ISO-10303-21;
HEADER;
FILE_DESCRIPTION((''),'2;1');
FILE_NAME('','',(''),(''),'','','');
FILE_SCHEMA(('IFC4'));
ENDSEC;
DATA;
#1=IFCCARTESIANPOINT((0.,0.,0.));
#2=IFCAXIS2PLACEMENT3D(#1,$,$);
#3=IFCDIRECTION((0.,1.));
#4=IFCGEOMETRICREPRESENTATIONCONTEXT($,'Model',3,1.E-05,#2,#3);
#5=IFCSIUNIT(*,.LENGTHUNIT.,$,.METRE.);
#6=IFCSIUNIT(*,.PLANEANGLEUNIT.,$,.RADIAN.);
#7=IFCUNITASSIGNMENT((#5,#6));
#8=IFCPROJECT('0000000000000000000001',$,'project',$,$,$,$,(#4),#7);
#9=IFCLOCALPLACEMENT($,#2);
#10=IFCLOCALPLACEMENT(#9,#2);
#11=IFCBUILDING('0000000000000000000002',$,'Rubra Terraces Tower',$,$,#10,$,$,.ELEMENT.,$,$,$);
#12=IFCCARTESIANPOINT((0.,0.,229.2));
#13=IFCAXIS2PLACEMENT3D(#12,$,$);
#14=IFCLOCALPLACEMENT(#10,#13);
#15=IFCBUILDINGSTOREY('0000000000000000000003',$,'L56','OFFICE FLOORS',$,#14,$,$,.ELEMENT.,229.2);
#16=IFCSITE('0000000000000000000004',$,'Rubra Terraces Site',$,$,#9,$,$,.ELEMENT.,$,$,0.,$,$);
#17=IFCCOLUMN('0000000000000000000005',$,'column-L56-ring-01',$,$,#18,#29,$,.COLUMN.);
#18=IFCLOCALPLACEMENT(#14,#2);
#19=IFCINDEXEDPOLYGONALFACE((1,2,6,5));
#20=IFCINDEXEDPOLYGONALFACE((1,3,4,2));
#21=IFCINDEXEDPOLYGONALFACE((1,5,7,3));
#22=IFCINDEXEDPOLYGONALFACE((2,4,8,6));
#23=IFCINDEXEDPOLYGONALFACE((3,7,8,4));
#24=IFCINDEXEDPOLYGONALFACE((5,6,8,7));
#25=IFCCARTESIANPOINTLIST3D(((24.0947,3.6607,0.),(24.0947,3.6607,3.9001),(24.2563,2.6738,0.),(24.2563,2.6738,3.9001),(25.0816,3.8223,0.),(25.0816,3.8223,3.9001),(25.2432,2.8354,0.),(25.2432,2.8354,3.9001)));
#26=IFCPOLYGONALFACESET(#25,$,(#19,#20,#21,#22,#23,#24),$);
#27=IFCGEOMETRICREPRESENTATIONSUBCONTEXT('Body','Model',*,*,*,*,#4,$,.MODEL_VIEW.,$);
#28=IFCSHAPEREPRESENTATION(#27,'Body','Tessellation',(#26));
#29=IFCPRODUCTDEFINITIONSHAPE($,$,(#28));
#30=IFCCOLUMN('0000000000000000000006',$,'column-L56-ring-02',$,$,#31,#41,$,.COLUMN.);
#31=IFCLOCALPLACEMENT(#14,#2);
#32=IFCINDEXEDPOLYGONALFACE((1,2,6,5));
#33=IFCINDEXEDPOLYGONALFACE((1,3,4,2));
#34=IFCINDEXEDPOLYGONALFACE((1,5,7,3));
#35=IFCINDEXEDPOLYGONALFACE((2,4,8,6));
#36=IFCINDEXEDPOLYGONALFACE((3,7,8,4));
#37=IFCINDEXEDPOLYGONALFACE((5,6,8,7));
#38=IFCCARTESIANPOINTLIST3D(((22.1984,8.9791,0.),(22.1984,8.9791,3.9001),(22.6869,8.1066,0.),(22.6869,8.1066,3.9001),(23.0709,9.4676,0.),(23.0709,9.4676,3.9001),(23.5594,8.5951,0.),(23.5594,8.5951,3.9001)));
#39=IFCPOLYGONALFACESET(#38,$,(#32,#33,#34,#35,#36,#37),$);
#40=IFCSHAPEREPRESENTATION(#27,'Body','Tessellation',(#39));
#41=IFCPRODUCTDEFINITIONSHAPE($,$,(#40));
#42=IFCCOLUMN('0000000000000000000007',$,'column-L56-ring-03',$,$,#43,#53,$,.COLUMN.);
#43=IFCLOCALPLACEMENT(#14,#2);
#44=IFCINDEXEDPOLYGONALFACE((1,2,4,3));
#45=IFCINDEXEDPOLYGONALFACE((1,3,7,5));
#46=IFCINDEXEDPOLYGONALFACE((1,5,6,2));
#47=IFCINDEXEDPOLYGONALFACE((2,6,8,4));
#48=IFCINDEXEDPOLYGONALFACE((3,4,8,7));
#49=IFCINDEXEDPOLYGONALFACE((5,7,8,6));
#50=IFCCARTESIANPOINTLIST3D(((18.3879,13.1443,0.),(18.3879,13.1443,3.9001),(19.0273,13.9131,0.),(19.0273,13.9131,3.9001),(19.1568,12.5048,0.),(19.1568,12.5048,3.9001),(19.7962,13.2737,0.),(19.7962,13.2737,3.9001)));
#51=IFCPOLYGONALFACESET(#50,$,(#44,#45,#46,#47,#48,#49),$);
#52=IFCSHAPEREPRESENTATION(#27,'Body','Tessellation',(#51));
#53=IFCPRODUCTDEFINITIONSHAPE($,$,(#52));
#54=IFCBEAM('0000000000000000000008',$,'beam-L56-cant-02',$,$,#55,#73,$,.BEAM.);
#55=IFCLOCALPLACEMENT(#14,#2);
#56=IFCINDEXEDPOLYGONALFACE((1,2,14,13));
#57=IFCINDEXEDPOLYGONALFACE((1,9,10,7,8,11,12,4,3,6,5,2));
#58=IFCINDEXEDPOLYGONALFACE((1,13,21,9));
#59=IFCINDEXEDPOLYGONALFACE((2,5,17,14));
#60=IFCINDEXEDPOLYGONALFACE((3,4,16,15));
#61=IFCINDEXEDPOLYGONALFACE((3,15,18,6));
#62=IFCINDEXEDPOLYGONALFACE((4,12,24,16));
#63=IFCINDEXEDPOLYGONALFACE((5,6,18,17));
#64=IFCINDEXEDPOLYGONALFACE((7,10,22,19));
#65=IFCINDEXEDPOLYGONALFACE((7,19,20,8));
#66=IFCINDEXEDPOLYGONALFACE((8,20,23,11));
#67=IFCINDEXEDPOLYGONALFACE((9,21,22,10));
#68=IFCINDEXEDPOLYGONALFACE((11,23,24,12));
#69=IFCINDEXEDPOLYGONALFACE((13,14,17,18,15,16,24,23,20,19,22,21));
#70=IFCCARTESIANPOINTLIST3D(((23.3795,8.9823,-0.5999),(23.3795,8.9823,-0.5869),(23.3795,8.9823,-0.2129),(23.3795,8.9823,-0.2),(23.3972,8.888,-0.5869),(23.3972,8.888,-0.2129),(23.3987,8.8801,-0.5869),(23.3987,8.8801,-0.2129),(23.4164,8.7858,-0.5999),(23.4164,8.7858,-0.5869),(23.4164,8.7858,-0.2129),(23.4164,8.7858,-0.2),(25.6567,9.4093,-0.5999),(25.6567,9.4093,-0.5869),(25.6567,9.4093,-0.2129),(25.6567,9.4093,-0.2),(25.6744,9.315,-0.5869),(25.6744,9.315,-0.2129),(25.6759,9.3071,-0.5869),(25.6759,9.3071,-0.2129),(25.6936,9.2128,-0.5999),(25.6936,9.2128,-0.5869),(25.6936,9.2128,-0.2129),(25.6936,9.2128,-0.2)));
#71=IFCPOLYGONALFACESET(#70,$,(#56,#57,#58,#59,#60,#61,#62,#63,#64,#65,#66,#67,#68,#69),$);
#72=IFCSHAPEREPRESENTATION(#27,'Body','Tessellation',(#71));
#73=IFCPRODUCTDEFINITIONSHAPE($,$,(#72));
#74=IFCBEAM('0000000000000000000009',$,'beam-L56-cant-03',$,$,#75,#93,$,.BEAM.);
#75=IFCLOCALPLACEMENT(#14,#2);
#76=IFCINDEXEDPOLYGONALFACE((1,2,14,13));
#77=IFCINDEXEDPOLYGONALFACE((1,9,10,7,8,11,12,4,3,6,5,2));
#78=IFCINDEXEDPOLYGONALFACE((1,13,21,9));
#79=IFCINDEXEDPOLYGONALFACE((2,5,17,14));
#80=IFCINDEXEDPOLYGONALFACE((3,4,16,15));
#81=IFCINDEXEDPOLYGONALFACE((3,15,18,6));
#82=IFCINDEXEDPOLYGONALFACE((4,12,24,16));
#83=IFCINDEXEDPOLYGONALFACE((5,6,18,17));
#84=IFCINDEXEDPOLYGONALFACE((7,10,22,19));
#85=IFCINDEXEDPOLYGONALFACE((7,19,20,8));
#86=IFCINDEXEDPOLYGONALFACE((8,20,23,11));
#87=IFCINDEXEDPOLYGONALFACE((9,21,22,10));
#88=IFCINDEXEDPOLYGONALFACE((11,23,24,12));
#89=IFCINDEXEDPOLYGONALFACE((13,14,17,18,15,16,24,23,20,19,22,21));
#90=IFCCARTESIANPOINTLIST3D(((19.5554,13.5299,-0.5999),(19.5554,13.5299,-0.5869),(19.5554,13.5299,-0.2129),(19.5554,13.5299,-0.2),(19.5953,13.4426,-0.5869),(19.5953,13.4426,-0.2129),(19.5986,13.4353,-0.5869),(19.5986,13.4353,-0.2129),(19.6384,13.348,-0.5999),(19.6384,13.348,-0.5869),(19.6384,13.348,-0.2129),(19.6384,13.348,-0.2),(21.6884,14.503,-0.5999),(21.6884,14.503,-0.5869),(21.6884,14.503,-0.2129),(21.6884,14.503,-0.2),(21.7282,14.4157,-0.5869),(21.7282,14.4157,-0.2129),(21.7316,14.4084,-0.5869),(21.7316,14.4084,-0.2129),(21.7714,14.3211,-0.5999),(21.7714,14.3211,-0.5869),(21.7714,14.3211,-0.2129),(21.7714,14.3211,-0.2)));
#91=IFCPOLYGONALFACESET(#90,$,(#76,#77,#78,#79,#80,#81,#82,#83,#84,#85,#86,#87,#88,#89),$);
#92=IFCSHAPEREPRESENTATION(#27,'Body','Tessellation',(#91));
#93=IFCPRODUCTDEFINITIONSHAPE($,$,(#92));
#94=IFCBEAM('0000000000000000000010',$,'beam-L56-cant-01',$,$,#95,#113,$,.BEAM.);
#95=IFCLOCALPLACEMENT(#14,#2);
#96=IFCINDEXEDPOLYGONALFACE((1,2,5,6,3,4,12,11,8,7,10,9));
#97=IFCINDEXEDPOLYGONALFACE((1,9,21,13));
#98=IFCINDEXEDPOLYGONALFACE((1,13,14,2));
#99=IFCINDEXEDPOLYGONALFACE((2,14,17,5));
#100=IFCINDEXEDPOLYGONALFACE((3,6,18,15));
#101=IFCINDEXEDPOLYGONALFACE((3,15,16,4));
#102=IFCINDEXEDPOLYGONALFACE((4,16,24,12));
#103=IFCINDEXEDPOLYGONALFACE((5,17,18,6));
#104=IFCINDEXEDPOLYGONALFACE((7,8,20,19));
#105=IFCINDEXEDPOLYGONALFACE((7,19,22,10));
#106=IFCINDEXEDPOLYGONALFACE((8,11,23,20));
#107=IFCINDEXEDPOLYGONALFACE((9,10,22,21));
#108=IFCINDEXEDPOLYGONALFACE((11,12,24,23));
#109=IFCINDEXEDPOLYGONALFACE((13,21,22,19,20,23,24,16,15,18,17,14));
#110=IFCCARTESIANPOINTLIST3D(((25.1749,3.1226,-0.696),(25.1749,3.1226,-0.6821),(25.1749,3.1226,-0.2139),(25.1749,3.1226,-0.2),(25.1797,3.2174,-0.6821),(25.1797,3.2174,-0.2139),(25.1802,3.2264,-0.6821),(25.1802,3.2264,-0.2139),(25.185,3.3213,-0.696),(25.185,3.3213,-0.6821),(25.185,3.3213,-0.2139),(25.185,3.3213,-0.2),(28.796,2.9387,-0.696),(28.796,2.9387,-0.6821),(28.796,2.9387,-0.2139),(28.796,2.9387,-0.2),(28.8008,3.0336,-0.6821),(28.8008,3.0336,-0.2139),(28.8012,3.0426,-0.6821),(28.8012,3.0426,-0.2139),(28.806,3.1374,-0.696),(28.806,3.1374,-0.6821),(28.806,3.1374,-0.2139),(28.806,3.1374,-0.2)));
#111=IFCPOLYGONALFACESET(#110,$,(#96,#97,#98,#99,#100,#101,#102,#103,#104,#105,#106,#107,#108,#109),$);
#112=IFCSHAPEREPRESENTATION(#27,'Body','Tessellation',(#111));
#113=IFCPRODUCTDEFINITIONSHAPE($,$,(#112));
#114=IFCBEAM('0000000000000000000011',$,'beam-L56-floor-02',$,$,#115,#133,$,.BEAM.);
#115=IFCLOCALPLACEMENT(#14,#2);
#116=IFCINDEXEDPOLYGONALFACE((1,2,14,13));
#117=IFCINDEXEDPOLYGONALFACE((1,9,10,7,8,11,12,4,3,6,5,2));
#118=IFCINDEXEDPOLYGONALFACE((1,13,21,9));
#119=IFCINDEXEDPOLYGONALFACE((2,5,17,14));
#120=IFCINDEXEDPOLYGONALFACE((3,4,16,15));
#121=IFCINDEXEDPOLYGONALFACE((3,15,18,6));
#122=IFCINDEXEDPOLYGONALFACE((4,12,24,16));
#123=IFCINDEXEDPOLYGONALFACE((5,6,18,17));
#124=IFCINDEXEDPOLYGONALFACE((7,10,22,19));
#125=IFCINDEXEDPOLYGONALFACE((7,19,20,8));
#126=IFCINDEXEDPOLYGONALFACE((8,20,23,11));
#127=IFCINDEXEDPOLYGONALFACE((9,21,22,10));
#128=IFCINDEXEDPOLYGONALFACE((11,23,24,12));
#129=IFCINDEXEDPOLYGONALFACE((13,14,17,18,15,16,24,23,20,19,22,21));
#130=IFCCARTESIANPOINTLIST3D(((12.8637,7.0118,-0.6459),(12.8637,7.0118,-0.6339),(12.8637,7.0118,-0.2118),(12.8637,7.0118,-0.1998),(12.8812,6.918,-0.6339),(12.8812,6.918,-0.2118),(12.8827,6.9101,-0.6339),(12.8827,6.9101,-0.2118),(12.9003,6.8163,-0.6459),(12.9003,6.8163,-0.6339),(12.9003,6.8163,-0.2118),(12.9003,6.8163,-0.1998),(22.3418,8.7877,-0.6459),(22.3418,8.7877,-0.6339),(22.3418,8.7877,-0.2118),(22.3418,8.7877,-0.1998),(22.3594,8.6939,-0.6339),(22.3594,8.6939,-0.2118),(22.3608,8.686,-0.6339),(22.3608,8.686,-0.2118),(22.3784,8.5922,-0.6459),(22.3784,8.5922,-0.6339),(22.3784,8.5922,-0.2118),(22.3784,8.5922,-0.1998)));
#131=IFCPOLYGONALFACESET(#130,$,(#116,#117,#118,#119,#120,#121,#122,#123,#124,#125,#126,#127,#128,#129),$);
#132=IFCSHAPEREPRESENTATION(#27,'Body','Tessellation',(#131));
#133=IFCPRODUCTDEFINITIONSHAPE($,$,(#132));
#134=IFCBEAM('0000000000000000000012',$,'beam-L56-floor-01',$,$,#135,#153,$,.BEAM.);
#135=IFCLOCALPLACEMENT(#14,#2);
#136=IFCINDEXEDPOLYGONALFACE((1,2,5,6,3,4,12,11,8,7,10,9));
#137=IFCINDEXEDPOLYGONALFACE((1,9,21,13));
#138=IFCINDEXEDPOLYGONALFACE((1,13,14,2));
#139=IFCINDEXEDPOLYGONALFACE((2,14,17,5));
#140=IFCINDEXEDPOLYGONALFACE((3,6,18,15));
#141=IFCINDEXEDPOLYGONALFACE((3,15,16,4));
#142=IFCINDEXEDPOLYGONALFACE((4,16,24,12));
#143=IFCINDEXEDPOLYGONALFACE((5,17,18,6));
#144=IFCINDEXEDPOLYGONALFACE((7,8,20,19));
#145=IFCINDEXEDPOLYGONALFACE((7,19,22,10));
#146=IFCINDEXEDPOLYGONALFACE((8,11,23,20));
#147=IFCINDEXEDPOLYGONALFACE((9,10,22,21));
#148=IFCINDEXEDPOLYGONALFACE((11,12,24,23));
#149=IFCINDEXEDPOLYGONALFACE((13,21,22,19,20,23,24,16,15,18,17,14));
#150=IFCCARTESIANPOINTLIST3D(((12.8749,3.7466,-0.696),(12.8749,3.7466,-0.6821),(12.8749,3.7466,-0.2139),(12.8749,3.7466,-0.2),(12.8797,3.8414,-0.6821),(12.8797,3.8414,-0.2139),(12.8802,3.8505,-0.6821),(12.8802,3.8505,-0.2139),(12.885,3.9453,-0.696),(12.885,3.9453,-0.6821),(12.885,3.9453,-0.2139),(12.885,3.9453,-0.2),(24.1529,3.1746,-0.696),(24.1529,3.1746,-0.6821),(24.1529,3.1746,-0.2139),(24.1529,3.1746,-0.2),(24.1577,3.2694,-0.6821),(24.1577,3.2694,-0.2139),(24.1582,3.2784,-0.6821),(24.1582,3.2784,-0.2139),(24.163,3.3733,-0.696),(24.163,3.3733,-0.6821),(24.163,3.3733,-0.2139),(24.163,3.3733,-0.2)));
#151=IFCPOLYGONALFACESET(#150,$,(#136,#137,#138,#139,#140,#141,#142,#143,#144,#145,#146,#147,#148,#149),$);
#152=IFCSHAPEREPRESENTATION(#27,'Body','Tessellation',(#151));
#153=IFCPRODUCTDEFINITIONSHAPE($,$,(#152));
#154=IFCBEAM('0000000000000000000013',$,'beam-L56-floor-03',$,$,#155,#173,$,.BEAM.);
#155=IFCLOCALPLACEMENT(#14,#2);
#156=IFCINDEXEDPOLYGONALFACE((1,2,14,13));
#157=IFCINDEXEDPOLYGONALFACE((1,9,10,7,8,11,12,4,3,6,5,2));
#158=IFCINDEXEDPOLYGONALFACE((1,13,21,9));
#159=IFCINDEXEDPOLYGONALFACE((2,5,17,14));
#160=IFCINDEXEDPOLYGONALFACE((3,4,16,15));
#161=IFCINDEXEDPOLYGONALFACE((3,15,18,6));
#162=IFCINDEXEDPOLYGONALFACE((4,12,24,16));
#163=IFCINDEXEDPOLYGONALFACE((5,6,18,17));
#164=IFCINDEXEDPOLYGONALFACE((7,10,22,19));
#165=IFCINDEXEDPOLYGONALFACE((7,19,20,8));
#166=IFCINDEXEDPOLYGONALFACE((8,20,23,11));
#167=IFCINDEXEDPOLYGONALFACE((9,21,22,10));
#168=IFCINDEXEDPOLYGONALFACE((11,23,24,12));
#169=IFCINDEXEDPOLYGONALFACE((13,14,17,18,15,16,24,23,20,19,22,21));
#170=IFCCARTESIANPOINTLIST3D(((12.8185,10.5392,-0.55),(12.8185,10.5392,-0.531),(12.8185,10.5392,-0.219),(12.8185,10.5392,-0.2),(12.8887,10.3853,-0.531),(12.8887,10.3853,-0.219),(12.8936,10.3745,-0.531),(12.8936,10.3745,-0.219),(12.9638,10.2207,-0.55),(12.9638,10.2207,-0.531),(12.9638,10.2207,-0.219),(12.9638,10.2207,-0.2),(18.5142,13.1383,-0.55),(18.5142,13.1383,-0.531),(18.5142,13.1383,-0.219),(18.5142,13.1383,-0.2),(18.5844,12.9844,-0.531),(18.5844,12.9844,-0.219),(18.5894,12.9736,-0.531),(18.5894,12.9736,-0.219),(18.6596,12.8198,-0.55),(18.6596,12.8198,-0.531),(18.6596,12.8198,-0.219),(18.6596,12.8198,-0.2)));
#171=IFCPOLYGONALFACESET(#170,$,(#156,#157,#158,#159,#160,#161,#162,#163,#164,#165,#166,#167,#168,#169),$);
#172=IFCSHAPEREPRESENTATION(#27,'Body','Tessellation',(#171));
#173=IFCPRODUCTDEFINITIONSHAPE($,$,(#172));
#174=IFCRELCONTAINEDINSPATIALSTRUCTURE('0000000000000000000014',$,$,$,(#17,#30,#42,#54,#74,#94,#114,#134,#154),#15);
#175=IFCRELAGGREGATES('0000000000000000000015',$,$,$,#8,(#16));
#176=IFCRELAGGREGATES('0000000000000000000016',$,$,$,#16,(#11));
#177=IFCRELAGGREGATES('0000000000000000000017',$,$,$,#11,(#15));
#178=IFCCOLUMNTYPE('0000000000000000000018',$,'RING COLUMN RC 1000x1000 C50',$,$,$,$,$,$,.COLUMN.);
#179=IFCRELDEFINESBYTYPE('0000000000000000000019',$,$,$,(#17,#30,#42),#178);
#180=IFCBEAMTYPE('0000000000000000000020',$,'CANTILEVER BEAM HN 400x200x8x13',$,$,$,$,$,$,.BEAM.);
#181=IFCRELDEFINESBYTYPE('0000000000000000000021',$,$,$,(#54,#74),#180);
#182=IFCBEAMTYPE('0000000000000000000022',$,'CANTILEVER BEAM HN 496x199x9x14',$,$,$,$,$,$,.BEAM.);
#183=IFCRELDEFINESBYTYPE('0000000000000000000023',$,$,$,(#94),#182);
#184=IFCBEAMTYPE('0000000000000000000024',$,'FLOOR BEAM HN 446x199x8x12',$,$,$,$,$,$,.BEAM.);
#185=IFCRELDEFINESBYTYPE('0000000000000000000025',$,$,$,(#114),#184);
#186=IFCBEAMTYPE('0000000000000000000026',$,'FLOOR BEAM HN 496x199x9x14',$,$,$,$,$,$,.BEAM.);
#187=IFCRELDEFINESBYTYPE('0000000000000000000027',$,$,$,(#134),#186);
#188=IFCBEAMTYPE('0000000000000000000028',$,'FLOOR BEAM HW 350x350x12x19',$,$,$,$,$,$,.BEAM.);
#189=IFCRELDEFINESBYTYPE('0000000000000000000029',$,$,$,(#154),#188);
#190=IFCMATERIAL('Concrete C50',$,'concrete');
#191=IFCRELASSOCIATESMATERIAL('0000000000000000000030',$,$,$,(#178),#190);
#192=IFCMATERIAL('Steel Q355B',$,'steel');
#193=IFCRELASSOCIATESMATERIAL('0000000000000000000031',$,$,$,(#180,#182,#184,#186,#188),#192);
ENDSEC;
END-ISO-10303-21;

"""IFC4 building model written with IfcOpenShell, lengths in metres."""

from ifc_helpers import new_model, si_unit, direction, frame, origin, origin_2d, place, context, subcontext, project, spatial, rectangle, i_section, extrude, material, material_profile, profile_set, type_object, element, save


model = new_model("IFC4")

# Units and contexts
model_context = context("Model", 3, precision=1e-05, world=origin(), true_north=direction((0.0, 1.0)))
body_context = subcontext(model_context, "Body", "Model", "MODEL_VIEW")
ifc_project = project(units=[si_unit("LENGTHUNIT", "METRE"), si_unit("PLANEANGLEUNIT", "RADIAN")], contexts=[model_context])

# Site, building, storey
site_placement = place(None, origin())
site = spatial("IfcSite", under=ifc_project, at=site_placement, Name="Rubra Terraces Site", CompositionType="ELEMENT", RefElevation=0.0)
building_placement = place(site_placement, origin())
building = spatial("IfcBuilding", under=site, at=building_placement, Name="Rubra Terraces Tower", CompositionType="ELEMENT")
storey_placement = place(building_placement, frame((0.0, 0.0, 229.2)))
storey = spatial("IfcBuildingStorey", under=building, at=storey_placement, Name="L56", Description="OFFICE FLOORS", CompositionType="ELEMENT", Elevation=229.2)

# Columns
ifc_material_1 = material(Name="Concrete C50", Category="concrete")
ifc_material_profile_1 = material_profile(ifc_material_1, rectangle(XDim=1.0, YDim=1.0, at=origin_2d()), Name="RC 1000x1000")
ifc_profile_set_1 = profile_set([ifc_material_profile_1], Name="Concrete C50")
column_type = type_object("IfcColumnType", Name="RING COLUMN RC 1000x1000 C50", PredefinedType="COLUMN", material=ifc_profile_set_1)
for number, where, z_axis, x_axis, name in (
    (1, (24.6689, 3.248, 0.0), (0.0, 0.0, 1.0), (-0.161559, 0.986863, 0.0), "column-L56-ring-01"),
    (2, (22.8789, 8.7871, 0.0), (0.0, 0.0, 1.0), (-0.488526, 0.872549, 0.0), "column-L56-ring-02"),
    (3, (19.092, 13.209, 0.0), (0.0, 0.0, 1.0), (-0.76887, 0.639405, 0.0), "column-L56-ring-03"),
):
    element("IfcColumn", number, at=place(storey_placement, frame(where, z_axis=z_axis, x_axis=x_axis)), inside=storey, type_object=column_type, Name=name, PredefinedType="COLUMN", context=body_context, shape_type="SweptSolid", body=[
        extrude(rectangle(XDim=1.0, YDim=1.0, at=origin_2d()), origin(), (0.0, 0.0, 1.0), 3.9001),
    ])

# Beams
ifc_material_2 = material(Name="Steel Q355B", Category="steel")
ifc_material_profile_2 = material_profile(ifc_material_2, i_section(OverallWidth=0.2, OverallDepth=0.3999, WebThickness=0.0081, FlangeThickness=0.0129, at=origin_2d()), Name="HN 400x200x8x13")
ifc_profile_set_2 = profile_set([ifc_material_profile_2], Name="Steel Q355B")
beam_type_1 = type_object("IfcBeamType", Name="CANTILEVER BEAM HN 400x200x8x13", PredefinedType="BEAM", material=ifc_profile_set_2)
beam_1_placement = place(storey_placement, frame((23.3979, 8.884, -0.3999), z_axis=(0.982869, 0.184308, 0.0), x_axis=(-0.184308, 0.982869, 0.0)))
element("IfcBeam", 4, at=beam_1_placement, inside=storey, type_object=beam_type_1, Name="beam-L56-cant-02", PredefinedType="BEAM", context=body_context, shape_type="SweptSolid", body=[
    extrude(i_section(OverallWidth=0.2, OverallDepth=0.3999, WebThickness=0.0081, FlangeThickness=0.0129, at=origin_2d()), origin(), (0.0, 0.0, 1.0), 2.3169),
])
beam_2_placement = place(storey_placement, frame((19.5969, 13.439, -0.3999), z_axis=(0.909791, 0.415066, 0.0), x_axis=(-0.415066, 0.909791, 0.0)))
element("IfcBeam", 5, at=beam_2_placement, inside=storey, type_object=beam_type_1, Name="beam-L56-cant-03", PredefinedType="BEAM", context=body_context, shape_type="SweptSolid", body=[
    extrude(i_section(OverallWidth=0.2, OverallDepth=0.3999, WebThickness=0.0081, FlangeThickness=0.0129, at=origin_2d()), origin(), (0.0, 0.0, 1.0), 2.3445),
])
ifc_material_profile_3 = material_profile(ifc_material_2, i_section(OverallWidth=0.199, OverallDepth=0.4961, WebThickness=0.009, FlangeThickness=0.0139, at=origin_2d()), Name="HN 496x199x9x14")
ifc_profile_set_3 = profile_set([ifc_material_profile_3], Name="Steel Q355B")
beam_type_2 = type_object("IfcBeamType", Name="CANTILEVER BEAM HN 496x199x9x14", PredefinedType="BEAM", material=ifc_profile_set_3)
beam_3_placement = place(storey_placement, frame((25.1799, 3.2219, -0.448), z_axis=(0.998714, -0.050703, 0.0), x_axis=(0.050703, 0.998714, 0.0)))
element("IfcBeam", 6, at=beam_3_placement, inside=storey, type_object=beam_type_2, Name="beam-L56-cant-01", PredefinedType="BEAM", context=body_context, shape_type="SweptSolid", body=[
    extrude(i_section(OverallWidth=0.199, OverallDepth=0.4961, WebThickness=0.009, FlangeThickness=0.0139, at=origin_2d()), origin(), (0.0, 0.0, 1.0), 3.6257),
])
ifc_material_profile_4 = material_profile(ifc_material_2, i_section(OverallWidth=0.199, OverallDepth=0.446, WebThickness=0.0081, FlangeThickness=0.012, at=origin_2d()), Name="HN 446x199x8x12")
ifc_profile_set_4 = profile_set([ifc_material_profile_4], Name="Steel Q355B")
beam_type_3 = type_object("IfcBeamType", Name="FLOOR BEAM HN 446x199x8x12", PredefinedType="BEAM", material=ifc_profile_set_4)
beam_4_placement = place(storey_placement, frame((22.3601, 8.6899, -0.4229), z_axis=(-0.982896, -0.184163, 0.0), x_axis=(0.184163, -0.982896, 0.0)))
element("IfcBeam", 7, at=beam_4_placement, inside=storey, type_object=beam_type_3, Name="beam-L56-floor-02", PredefinedType="BEAM", context=body_context, shape_type="SweptSolid", body=[
    extrude(i_section(OverallWidth=0.199, OverallDepth=0.446, WebThickness=0.0081, FlangeThickness=0.012, at=origin_2d()), origin(), (0.0, 0.0, 1.0), 9.6431),
])
ifc_material_profile_5 = material_profile(ifc_material_2, i_section(OverallWidth=0.199, OverallDepth=0.4961, WebThickness=0.009, FlangeThickness=0.0139, at=origin_2d()), Name="HN 496x199x9x14")
ifc_profile_set_5 = profile_set([ifc_material_profile_5], Name="Steel Q355B")
beam_type_4 = type_object("IfcBeamType", Name="FLOOR BEAM HN 496x199x9x14", PredefinedType="BEAM", material=ifc_profile_set_5)
beam_5_placement = place(storey_placement, frame((24.158, 3.2739, -0.448), z_axis=(-0.998716, 0.050655, 0.0), x_axis=(-0.050655, -0.998716, 0.0)))
element("IfcBeam", 8, at=beam_5_placement, inside=storey, type_object=beam_type_4, Name="beam-L56-floor-01", PredefinedType="BEAM", context=body_context, shape_type="SweptSolid", body=[
    extrude(i_section(OverallWidth=0.199, OverallDepth=0.4961, WebThickness=0.009, FlangeThickness=0.0139, at=origin_2d()), origin(), (0.0, 0.0, 1.0), 11.2925),
])
ifc_material_profile_6 = material_profile(ifc_material_2, i_section(OverallWidth=0.3501, OverallDepth=0.3501, WebThickness=0.012, FlangeThickness=0.019, at=origin_2d()), Name="HW 350x350x12x19")
ifc_profile_set_6 = profile_set([ifc_material_profile_6], Name="Steel Q355B")
beam_type_5 = type_object("IfcBeamType", Name="FLOOR BEAM HW 350x350x12x19", PredefinedType="BEAM", material=ifc_profile_set_6)
beam_6_placement = place(storey_placement, frame((18.5869, 12.979, -0.375), z_axis=(-0.909757, -0.415142, 0.0), x_axis=(0.415142, -0.909757, 0.0)))
element("IfcBeam", 9, at=beam_6_placement, inside=storey, type_object=beam_type_5, Name="beam-L56-floor-03", PredefinedType="BEAM", context=body_context, shape_type="SweptSolid", body=[
    extrude(i_section(OverallWidth=0.3501, OverallDepth=0.3501, WebThickness=0.012, FlangeThickness=0.019, at=origin_2d()), origin(), (0.0, 0.0, 1.0), 6.2607),
])

save(model, "model.ifc")
